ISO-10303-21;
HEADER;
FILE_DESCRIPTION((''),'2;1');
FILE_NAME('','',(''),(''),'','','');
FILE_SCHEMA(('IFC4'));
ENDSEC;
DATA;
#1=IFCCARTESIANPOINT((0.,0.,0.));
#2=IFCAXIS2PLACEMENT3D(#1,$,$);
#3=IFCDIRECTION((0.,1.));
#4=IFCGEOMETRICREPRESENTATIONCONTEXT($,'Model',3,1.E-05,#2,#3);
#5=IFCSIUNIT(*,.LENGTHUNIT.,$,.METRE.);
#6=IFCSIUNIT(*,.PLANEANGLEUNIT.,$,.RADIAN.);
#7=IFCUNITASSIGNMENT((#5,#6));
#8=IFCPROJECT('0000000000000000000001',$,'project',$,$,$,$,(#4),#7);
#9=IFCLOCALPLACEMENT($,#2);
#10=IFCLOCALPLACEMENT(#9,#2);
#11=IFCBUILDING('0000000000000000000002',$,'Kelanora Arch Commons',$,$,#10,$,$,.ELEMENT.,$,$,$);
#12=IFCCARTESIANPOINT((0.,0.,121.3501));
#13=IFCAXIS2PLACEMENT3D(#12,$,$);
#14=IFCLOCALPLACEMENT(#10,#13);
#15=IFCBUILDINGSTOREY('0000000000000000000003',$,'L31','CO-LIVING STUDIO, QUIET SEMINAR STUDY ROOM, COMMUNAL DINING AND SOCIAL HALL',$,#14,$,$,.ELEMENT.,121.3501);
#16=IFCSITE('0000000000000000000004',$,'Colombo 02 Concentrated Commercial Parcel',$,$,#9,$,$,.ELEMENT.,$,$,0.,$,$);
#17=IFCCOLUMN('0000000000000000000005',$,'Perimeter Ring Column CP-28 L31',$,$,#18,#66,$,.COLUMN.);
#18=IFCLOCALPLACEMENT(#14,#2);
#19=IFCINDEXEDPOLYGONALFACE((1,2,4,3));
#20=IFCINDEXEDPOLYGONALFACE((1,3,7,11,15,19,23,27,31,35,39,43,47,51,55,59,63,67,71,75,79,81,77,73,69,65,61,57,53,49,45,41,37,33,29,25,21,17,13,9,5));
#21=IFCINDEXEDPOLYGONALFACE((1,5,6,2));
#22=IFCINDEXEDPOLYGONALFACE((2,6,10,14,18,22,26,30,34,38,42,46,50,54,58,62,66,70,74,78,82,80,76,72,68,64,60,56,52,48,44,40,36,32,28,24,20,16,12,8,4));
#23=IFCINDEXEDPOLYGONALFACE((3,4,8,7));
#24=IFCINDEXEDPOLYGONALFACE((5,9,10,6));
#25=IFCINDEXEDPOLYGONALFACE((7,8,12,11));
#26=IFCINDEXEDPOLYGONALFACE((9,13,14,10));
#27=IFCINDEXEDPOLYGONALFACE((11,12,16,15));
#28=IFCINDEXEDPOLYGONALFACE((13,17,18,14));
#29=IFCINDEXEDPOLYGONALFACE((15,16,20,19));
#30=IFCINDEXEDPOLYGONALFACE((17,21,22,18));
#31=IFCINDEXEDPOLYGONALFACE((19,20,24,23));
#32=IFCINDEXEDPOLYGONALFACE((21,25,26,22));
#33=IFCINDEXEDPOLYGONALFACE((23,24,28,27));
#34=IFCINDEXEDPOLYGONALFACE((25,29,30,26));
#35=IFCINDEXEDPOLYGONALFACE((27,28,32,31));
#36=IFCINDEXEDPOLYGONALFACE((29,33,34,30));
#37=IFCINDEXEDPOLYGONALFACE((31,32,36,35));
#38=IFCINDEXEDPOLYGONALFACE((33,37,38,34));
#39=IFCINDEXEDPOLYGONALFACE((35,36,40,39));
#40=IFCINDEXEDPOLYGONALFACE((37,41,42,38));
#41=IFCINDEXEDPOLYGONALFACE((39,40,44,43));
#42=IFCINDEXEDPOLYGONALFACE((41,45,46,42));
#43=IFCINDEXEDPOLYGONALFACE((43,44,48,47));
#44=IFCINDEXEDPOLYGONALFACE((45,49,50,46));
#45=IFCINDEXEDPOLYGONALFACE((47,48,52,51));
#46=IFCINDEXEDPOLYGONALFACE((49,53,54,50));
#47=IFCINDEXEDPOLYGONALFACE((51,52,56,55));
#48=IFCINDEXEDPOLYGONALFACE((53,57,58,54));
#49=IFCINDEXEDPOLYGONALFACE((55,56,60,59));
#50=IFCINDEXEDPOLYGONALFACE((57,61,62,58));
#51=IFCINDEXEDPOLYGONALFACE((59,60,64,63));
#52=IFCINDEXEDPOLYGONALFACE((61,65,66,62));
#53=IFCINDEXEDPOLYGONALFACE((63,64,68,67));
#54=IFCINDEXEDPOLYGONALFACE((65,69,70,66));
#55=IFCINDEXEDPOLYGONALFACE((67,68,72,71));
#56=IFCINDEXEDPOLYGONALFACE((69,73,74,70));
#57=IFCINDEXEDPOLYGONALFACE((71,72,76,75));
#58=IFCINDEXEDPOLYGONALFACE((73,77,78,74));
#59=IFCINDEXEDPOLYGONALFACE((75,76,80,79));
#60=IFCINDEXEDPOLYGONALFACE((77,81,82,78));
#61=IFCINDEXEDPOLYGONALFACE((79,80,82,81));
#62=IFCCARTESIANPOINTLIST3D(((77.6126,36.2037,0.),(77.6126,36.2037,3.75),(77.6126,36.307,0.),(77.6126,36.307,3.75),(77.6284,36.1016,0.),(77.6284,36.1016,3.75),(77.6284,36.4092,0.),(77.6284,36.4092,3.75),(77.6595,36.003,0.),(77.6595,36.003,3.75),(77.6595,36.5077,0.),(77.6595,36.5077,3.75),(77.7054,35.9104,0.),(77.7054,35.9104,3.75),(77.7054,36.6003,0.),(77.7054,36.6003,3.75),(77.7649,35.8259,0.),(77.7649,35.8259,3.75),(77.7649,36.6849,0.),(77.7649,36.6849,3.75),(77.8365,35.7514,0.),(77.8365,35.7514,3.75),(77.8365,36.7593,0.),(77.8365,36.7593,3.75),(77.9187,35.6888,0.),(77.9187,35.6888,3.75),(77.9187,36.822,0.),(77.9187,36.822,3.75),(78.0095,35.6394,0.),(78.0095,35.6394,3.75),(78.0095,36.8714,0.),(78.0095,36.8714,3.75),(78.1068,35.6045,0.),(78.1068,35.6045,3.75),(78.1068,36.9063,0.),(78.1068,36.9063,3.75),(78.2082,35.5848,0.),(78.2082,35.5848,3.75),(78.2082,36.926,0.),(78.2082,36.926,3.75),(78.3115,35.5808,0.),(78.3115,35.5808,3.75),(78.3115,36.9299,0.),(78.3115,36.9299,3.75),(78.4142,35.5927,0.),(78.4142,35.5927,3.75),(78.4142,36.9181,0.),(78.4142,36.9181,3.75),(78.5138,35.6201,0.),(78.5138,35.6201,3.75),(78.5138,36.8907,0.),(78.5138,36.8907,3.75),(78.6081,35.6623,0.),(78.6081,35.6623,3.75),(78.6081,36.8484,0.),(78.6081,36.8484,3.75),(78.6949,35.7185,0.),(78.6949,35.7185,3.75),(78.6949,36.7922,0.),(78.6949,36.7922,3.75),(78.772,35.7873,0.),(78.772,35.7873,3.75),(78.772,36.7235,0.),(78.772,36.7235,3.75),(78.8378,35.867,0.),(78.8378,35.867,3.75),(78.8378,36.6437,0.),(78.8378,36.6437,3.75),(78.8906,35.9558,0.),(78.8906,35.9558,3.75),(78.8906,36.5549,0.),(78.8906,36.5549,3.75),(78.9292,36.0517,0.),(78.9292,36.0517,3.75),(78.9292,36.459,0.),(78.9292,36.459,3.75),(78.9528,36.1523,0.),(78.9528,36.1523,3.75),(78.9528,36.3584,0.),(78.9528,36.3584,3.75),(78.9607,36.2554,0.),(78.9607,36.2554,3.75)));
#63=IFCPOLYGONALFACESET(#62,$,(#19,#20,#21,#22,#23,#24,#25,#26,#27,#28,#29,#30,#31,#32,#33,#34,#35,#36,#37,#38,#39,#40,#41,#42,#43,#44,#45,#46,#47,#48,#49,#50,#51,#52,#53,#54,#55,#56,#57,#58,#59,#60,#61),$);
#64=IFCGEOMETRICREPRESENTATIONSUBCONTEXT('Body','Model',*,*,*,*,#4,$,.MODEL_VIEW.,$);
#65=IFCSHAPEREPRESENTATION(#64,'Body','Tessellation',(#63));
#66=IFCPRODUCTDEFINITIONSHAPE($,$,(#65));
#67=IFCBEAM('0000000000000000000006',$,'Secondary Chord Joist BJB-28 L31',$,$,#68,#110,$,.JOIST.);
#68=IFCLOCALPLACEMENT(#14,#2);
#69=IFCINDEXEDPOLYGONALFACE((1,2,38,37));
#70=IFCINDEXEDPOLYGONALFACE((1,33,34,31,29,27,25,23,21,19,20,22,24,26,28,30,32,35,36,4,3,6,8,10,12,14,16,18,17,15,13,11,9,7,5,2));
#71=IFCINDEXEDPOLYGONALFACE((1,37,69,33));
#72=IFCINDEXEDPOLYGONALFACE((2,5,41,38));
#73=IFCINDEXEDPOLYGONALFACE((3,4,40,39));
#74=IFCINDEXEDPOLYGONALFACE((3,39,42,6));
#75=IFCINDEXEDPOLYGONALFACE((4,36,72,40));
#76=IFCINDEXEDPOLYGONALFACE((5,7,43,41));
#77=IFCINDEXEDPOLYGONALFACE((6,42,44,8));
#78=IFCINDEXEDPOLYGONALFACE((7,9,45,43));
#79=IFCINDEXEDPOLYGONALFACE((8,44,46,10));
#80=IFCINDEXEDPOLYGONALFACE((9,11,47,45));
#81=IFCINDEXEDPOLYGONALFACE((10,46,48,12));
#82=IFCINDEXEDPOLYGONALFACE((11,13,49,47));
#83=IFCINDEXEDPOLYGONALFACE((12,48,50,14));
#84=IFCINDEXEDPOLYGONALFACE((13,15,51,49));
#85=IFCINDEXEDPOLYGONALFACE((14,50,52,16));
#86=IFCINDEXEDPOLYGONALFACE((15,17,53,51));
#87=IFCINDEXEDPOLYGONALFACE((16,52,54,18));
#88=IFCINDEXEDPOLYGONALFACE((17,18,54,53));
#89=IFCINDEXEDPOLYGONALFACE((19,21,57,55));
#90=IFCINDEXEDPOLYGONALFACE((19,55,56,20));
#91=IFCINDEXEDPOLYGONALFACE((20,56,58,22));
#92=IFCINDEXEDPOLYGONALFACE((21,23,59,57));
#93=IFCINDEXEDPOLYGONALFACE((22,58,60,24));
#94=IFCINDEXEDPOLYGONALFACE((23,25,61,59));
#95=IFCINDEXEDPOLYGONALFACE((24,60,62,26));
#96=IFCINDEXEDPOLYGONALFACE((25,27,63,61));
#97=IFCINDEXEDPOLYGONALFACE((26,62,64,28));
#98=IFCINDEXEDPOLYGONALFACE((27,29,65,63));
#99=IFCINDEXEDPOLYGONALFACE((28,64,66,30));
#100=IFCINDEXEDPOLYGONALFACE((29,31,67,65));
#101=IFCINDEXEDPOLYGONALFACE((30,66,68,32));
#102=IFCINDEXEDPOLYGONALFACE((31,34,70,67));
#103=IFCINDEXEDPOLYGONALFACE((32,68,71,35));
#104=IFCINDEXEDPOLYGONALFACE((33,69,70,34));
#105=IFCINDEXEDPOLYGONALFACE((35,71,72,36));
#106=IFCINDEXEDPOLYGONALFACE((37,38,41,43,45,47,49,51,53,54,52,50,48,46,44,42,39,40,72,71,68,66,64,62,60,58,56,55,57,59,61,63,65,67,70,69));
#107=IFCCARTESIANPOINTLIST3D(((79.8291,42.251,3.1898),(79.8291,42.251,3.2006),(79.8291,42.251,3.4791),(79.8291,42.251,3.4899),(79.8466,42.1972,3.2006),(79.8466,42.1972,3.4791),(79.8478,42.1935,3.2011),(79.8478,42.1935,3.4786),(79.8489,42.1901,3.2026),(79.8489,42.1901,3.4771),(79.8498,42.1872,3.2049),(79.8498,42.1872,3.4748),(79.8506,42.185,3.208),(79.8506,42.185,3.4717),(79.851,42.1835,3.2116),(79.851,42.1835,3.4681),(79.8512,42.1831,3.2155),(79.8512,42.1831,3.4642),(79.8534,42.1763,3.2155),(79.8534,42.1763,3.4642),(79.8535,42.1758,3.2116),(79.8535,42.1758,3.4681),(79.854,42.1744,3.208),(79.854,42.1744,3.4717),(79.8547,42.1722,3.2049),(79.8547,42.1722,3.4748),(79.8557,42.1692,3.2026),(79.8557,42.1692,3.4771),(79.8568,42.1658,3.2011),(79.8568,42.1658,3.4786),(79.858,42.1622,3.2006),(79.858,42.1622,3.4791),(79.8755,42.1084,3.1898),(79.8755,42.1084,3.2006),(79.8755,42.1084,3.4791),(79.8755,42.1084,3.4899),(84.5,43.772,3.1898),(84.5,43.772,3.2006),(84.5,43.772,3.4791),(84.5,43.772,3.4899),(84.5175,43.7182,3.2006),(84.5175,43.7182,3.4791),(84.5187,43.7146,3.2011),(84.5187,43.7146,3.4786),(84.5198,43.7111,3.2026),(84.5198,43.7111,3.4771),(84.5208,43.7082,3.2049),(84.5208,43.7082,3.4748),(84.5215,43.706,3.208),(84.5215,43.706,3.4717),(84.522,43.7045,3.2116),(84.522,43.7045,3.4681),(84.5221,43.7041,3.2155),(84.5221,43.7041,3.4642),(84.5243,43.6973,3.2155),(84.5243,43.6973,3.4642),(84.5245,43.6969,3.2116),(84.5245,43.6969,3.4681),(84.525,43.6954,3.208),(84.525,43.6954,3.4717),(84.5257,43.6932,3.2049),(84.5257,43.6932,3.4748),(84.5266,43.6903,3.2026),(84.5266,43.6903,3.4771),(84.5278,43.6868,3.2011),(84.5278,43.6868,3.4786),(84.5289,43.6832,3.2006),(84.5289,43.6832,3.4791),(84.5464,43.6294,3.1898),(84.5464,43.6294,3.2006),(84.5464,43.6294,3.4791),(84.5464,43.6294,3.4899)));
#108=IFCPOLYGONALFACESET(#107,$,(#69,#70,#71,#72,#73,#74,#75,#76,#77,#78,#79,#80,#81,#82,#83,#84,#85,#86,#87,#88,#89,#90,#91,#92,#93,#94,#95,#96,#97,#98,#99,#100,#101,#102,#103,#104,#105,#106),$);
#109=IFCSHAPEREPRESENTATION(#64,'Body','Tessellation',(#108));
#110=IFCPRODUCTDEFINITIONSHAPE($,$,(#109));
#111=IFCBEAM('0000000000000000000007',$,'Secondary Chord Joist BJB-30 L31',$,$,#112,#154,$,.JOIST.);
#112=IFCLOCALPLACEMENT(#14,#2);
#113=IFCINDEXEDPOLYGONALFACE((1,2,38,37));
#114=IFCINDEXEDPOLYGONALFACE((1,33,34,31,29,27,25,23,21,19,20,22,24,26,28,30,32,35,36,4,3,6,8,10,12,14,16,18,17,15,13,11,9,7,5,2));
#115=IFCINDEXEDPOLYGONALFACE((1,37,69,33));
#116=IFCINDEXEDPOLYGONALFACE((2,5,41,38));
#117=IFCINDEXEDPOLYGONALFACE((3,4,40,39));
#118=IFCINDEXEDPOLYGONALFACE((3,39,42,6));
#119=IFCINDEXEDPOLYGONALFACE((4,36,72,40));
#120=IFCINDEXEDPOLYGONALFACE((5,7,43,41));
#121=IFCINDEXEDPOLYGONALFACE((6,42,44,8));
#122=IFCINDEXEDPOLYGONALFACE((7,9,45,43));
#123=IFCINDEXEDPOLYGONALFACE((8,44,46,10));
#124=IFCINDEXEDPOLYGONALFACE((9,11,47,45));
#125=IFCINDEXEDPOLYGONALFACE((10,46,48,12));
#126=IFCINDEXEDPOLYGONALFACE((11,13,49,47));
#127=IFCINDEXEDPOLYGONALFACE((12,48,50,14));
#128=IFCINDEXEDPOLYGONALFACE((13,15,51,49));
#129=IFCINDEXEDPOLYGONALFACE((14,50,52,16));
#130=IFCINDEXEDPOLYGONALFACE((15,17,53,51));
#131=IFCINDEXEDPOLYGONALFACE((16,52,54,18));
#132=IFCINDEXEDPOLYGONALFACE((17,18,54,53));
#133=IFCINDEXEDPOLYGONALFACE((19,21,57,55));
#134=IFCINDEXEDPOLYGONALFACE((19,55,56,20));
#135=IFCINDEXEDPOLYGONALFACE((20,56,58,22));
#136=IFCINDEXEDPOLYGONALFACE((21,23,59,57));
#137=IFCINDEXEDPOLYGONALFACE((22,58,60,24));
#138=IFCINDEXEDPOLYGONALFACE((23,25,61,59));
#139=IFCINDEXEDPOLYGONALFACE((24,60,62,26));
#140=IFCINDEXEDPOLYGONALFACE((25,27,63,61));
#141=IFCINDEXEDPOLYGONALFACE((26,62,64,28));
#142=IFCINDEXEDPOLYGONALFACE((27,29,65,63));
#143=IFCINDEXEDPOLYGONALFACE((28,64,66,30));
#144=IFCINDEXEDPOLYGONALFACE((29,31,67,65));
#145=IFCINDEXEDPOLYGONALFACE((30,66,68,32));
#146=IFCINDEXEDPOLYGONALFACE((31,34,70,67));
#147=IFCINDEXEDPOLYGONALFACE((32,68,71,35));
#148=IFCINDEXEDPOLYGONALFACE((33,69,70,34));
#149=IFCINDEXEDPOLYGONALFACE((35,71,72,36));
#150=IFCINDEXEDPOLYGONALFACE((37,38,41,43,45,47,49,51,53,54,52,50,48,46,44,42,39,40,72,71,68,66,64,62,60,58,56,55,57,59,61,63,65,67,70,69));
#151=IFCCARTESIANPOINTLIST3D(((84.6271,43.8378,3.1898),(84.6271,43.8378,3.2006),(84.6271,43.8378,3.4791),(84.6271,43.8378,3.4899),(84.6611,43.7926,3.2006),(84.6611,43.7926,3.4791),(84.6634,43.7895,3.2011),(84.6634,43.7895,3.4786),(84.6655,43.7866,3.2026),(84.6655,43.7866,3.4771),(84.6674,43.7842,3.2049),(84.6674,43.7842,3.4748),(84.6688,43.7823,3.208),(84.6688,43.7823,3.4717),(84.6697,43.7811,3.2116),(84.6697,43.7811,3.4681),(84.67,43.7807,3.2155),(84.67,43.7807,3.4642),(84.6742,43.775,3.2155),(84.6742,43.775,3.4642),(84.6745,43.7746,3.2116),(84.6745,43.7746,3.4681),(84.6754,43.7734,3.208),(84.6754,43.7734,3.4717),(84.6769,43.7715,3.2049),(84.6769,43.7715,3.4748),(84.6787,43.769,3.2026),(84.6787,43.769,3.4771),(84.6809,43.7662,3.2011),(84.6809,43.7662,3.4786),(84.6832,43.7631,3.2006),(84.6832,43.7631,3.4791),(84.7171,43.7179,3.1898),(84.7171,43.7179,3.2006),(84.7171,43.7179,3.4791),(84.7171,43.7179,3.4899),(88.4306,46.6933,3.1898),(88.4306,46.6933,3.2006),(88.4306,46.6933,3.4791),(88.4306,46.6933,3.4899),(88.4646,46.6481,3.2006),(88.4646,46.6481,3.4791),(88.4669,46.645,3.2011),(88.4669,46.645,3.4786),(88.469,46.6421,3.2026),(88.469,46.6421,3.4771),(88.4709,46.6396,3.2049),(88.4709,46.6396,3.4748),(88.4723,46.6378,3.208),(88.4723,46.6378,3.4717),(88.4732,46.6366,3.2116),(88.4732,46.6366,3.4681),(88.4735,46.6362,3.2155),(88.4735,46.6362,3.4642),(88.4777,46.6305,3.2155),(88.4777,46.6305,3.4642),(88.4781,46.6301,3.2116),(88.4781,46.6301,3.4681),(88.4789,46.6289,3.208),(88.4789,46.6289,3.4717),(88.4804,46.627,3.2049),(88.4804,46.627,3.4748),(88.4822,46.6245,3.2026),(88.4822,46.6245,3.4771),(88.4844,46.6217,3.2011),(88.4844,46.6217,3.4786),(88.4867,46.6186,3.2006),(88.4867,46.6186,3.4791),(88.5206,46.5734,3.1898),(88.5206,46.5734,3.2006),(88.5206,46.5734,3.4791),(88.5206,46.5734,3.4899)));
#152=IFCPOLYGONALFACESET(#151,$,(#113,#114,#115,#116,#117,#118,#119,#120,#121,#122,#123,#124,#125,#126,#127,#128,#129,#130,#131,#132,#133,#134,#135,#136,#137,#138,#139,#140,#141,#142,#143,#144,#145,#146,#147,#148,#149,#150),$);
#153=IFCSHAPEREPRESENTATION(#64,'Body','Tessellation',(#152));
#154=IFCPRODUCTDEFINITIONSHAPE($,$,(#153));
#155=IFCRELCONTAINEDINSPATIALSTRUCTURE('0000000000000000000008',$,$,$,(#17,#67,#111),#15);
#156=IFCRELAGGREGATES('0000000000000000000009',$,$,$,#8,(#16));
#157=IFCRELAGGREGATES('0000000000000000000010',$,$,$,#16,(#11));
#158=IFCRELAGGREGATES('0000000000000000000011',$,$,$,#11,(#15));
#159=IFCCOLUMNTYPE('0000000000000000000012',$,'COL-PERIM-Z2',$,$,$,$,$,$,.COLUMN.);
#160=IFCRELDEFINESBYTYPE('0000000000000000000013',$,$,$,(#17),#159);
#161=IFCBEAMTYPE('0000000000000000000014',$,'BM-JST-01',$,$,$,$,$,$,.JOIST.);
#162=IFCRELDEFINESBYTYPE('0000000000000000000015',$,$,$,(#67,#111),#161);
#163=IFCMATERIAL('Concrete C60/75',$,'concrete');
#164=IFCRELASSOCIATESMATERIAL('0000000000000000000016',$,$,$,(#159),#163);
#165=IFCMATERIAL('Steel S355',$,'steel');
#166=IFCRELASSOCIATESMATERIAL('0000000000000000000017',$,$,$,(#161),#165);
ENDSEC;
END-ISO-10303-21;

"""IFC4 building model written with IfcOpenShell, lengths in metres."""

from ifc_helpers import new_model, si_unit, direction, frame, origin, origin_2d, place, context, subcontext, project, spatial, circle, i_section, extrude, material, material_profile, profile_set, type_object, element, save


model = new_model("IFC4")

# Units and contexts
model_context = context("Model", 3, precision=1e-05, world=origin(), true_north=direction((0.0, 1.0)))
body_context = subcontext(model_context, "Body", "Model", "MODEL_VIEW")
ifc_project = project(units=[si_unit("LENGTHUNIT", "METRE"), si_unit("PLANEANGLEUNIT", "RADIAN")], contexts=[model_context])

# Site, building, storey
site_placement = place(None, origin())
site = spatial("IfcSite", under=ifc_project, at=site_placement, Name="Colombo 02 Concentrated Commercial Parcel", CompositionType="ELEMENT", RefElevation=0.0)
building_placement = place(site_placement, origin())
building = spatial("IfcBuilding", under=site, at=building_placement, Name="Kelanora Arch Commons", CompositionType="ELEMENT")
storey_placement = place(building_placement, frame((0.0, 0.0, 121.3501)))
storey = spatial("IfcBuildingStorey", under=building, at=storey_placement, Name="L31", Description="CO-LIVING STUDIO, QUIET SEMINAR STUDY ROOM, COMMUNAL DINING AND SOCIAL HALL", CompositionType="ELEMENT", Elevation=121.3501)

# Column
ifc_material_1 = material(Name="Concrete C60/75", Category="concrete")
ifc_material_profile_1 = material_profile(ifc_material_1, circle(Radius=0.675, at=origin_2d()), Name="RCC1350")
ifc_profile_set_1 = profile_set([ifc_material_profile_1], Name="Concrete C60/75")
column_type = type_object("IfcColumnType", Name="COL-PERIM-Z2", PredefinedType="COLUMN", material=ifc_profile_set_1)
column_placement = place(storey_placement, frame((78.2856, 36.2554, 0.0), z_axis=(0.0, 0.0, 1.0), x_axis=(1.0, 0.0, 0.0)))
element("IfcColumn", 1, at=column_placement, inside=storey, type_object=column_type, Name="Perimeter Ring Column CP-28 L31", PredefinedType="COLUMN", context=body_context, shape_type="SweptSolid", body=[
    extrude(circle(Radius=0.675, at=origin_2d()), origin(), (0.0, 0.0, 1.0), 3.75),
])

# Beams
ifc_material_2 = material(Name="Steel S355", Category="steel")
ifc_material_profile_2 = material_profile(ifc_material_2, i_section(OverallWidth=0.1499, OverallDepth=0.3, WebThickness=0.0071, FlangeThickness=0.0107, FilletRadius=0.0149, at=origin_2d()), Name="IPE300")
ifc_profile_set_2 = profile_set([ifc_material_profile_2], Name="Steel S355")
beam_type_1 = type_object("IfcBeamType", Name="BM-JST-01", PredefinedType="JOIST", material=ifc_profile_set_2)
beam_1_placement = place(storey_placement, frame((79.8523, 42.1797, 3.3398), z_axis=(0.950857, 0.30963, 0.0), x_axis=(-0.30963, 0.950857, 0.0)))
element("IfcBeam", 2, at=beam_1_placement, inside=storey, type_object=beam_type_1, Name="Secondary Chord Joist BJB-28 L31", PredefinedType="JOIST", context=body_context, shape_type="SweptSolid", body=[
    extrude(i_section(OverallWidth=0.1499, OverallDepth=0.3, WebThickness=0.0071, FlangeThickness=0.0107, FilletRadius=0.0149, at=origin_2d()), origin(), (0.0, 0.0, 1.0), 4.9124),
])
beam_2_placement = place(storey_placement, frame((84.6721, 43.7778, 3.3398), z_axis=(0.79971, 0.600386, 0.0), x_axis=(-0.600386, 0.79971, 0.0)))
element("IfcBeam", 3, at=beam_2_placement, inside=storey, type_object=beam_type_1, Name="Secondary Chord Joist BJB-30 L31", PredefinedType="JOIST", context=body_context, shape_type="SweptSolid", body=[
    extrude(i_section(OverallWidth=0.1499, OverallDepth=0.3, WebThickness=0.0071, FlangeThickness=0.0107, FilletRadius=0.0149, at=origin_2d()), origin(), (0.0, 0.0, 1.0), 4.7561),
])

save(model, "model.ifc")
